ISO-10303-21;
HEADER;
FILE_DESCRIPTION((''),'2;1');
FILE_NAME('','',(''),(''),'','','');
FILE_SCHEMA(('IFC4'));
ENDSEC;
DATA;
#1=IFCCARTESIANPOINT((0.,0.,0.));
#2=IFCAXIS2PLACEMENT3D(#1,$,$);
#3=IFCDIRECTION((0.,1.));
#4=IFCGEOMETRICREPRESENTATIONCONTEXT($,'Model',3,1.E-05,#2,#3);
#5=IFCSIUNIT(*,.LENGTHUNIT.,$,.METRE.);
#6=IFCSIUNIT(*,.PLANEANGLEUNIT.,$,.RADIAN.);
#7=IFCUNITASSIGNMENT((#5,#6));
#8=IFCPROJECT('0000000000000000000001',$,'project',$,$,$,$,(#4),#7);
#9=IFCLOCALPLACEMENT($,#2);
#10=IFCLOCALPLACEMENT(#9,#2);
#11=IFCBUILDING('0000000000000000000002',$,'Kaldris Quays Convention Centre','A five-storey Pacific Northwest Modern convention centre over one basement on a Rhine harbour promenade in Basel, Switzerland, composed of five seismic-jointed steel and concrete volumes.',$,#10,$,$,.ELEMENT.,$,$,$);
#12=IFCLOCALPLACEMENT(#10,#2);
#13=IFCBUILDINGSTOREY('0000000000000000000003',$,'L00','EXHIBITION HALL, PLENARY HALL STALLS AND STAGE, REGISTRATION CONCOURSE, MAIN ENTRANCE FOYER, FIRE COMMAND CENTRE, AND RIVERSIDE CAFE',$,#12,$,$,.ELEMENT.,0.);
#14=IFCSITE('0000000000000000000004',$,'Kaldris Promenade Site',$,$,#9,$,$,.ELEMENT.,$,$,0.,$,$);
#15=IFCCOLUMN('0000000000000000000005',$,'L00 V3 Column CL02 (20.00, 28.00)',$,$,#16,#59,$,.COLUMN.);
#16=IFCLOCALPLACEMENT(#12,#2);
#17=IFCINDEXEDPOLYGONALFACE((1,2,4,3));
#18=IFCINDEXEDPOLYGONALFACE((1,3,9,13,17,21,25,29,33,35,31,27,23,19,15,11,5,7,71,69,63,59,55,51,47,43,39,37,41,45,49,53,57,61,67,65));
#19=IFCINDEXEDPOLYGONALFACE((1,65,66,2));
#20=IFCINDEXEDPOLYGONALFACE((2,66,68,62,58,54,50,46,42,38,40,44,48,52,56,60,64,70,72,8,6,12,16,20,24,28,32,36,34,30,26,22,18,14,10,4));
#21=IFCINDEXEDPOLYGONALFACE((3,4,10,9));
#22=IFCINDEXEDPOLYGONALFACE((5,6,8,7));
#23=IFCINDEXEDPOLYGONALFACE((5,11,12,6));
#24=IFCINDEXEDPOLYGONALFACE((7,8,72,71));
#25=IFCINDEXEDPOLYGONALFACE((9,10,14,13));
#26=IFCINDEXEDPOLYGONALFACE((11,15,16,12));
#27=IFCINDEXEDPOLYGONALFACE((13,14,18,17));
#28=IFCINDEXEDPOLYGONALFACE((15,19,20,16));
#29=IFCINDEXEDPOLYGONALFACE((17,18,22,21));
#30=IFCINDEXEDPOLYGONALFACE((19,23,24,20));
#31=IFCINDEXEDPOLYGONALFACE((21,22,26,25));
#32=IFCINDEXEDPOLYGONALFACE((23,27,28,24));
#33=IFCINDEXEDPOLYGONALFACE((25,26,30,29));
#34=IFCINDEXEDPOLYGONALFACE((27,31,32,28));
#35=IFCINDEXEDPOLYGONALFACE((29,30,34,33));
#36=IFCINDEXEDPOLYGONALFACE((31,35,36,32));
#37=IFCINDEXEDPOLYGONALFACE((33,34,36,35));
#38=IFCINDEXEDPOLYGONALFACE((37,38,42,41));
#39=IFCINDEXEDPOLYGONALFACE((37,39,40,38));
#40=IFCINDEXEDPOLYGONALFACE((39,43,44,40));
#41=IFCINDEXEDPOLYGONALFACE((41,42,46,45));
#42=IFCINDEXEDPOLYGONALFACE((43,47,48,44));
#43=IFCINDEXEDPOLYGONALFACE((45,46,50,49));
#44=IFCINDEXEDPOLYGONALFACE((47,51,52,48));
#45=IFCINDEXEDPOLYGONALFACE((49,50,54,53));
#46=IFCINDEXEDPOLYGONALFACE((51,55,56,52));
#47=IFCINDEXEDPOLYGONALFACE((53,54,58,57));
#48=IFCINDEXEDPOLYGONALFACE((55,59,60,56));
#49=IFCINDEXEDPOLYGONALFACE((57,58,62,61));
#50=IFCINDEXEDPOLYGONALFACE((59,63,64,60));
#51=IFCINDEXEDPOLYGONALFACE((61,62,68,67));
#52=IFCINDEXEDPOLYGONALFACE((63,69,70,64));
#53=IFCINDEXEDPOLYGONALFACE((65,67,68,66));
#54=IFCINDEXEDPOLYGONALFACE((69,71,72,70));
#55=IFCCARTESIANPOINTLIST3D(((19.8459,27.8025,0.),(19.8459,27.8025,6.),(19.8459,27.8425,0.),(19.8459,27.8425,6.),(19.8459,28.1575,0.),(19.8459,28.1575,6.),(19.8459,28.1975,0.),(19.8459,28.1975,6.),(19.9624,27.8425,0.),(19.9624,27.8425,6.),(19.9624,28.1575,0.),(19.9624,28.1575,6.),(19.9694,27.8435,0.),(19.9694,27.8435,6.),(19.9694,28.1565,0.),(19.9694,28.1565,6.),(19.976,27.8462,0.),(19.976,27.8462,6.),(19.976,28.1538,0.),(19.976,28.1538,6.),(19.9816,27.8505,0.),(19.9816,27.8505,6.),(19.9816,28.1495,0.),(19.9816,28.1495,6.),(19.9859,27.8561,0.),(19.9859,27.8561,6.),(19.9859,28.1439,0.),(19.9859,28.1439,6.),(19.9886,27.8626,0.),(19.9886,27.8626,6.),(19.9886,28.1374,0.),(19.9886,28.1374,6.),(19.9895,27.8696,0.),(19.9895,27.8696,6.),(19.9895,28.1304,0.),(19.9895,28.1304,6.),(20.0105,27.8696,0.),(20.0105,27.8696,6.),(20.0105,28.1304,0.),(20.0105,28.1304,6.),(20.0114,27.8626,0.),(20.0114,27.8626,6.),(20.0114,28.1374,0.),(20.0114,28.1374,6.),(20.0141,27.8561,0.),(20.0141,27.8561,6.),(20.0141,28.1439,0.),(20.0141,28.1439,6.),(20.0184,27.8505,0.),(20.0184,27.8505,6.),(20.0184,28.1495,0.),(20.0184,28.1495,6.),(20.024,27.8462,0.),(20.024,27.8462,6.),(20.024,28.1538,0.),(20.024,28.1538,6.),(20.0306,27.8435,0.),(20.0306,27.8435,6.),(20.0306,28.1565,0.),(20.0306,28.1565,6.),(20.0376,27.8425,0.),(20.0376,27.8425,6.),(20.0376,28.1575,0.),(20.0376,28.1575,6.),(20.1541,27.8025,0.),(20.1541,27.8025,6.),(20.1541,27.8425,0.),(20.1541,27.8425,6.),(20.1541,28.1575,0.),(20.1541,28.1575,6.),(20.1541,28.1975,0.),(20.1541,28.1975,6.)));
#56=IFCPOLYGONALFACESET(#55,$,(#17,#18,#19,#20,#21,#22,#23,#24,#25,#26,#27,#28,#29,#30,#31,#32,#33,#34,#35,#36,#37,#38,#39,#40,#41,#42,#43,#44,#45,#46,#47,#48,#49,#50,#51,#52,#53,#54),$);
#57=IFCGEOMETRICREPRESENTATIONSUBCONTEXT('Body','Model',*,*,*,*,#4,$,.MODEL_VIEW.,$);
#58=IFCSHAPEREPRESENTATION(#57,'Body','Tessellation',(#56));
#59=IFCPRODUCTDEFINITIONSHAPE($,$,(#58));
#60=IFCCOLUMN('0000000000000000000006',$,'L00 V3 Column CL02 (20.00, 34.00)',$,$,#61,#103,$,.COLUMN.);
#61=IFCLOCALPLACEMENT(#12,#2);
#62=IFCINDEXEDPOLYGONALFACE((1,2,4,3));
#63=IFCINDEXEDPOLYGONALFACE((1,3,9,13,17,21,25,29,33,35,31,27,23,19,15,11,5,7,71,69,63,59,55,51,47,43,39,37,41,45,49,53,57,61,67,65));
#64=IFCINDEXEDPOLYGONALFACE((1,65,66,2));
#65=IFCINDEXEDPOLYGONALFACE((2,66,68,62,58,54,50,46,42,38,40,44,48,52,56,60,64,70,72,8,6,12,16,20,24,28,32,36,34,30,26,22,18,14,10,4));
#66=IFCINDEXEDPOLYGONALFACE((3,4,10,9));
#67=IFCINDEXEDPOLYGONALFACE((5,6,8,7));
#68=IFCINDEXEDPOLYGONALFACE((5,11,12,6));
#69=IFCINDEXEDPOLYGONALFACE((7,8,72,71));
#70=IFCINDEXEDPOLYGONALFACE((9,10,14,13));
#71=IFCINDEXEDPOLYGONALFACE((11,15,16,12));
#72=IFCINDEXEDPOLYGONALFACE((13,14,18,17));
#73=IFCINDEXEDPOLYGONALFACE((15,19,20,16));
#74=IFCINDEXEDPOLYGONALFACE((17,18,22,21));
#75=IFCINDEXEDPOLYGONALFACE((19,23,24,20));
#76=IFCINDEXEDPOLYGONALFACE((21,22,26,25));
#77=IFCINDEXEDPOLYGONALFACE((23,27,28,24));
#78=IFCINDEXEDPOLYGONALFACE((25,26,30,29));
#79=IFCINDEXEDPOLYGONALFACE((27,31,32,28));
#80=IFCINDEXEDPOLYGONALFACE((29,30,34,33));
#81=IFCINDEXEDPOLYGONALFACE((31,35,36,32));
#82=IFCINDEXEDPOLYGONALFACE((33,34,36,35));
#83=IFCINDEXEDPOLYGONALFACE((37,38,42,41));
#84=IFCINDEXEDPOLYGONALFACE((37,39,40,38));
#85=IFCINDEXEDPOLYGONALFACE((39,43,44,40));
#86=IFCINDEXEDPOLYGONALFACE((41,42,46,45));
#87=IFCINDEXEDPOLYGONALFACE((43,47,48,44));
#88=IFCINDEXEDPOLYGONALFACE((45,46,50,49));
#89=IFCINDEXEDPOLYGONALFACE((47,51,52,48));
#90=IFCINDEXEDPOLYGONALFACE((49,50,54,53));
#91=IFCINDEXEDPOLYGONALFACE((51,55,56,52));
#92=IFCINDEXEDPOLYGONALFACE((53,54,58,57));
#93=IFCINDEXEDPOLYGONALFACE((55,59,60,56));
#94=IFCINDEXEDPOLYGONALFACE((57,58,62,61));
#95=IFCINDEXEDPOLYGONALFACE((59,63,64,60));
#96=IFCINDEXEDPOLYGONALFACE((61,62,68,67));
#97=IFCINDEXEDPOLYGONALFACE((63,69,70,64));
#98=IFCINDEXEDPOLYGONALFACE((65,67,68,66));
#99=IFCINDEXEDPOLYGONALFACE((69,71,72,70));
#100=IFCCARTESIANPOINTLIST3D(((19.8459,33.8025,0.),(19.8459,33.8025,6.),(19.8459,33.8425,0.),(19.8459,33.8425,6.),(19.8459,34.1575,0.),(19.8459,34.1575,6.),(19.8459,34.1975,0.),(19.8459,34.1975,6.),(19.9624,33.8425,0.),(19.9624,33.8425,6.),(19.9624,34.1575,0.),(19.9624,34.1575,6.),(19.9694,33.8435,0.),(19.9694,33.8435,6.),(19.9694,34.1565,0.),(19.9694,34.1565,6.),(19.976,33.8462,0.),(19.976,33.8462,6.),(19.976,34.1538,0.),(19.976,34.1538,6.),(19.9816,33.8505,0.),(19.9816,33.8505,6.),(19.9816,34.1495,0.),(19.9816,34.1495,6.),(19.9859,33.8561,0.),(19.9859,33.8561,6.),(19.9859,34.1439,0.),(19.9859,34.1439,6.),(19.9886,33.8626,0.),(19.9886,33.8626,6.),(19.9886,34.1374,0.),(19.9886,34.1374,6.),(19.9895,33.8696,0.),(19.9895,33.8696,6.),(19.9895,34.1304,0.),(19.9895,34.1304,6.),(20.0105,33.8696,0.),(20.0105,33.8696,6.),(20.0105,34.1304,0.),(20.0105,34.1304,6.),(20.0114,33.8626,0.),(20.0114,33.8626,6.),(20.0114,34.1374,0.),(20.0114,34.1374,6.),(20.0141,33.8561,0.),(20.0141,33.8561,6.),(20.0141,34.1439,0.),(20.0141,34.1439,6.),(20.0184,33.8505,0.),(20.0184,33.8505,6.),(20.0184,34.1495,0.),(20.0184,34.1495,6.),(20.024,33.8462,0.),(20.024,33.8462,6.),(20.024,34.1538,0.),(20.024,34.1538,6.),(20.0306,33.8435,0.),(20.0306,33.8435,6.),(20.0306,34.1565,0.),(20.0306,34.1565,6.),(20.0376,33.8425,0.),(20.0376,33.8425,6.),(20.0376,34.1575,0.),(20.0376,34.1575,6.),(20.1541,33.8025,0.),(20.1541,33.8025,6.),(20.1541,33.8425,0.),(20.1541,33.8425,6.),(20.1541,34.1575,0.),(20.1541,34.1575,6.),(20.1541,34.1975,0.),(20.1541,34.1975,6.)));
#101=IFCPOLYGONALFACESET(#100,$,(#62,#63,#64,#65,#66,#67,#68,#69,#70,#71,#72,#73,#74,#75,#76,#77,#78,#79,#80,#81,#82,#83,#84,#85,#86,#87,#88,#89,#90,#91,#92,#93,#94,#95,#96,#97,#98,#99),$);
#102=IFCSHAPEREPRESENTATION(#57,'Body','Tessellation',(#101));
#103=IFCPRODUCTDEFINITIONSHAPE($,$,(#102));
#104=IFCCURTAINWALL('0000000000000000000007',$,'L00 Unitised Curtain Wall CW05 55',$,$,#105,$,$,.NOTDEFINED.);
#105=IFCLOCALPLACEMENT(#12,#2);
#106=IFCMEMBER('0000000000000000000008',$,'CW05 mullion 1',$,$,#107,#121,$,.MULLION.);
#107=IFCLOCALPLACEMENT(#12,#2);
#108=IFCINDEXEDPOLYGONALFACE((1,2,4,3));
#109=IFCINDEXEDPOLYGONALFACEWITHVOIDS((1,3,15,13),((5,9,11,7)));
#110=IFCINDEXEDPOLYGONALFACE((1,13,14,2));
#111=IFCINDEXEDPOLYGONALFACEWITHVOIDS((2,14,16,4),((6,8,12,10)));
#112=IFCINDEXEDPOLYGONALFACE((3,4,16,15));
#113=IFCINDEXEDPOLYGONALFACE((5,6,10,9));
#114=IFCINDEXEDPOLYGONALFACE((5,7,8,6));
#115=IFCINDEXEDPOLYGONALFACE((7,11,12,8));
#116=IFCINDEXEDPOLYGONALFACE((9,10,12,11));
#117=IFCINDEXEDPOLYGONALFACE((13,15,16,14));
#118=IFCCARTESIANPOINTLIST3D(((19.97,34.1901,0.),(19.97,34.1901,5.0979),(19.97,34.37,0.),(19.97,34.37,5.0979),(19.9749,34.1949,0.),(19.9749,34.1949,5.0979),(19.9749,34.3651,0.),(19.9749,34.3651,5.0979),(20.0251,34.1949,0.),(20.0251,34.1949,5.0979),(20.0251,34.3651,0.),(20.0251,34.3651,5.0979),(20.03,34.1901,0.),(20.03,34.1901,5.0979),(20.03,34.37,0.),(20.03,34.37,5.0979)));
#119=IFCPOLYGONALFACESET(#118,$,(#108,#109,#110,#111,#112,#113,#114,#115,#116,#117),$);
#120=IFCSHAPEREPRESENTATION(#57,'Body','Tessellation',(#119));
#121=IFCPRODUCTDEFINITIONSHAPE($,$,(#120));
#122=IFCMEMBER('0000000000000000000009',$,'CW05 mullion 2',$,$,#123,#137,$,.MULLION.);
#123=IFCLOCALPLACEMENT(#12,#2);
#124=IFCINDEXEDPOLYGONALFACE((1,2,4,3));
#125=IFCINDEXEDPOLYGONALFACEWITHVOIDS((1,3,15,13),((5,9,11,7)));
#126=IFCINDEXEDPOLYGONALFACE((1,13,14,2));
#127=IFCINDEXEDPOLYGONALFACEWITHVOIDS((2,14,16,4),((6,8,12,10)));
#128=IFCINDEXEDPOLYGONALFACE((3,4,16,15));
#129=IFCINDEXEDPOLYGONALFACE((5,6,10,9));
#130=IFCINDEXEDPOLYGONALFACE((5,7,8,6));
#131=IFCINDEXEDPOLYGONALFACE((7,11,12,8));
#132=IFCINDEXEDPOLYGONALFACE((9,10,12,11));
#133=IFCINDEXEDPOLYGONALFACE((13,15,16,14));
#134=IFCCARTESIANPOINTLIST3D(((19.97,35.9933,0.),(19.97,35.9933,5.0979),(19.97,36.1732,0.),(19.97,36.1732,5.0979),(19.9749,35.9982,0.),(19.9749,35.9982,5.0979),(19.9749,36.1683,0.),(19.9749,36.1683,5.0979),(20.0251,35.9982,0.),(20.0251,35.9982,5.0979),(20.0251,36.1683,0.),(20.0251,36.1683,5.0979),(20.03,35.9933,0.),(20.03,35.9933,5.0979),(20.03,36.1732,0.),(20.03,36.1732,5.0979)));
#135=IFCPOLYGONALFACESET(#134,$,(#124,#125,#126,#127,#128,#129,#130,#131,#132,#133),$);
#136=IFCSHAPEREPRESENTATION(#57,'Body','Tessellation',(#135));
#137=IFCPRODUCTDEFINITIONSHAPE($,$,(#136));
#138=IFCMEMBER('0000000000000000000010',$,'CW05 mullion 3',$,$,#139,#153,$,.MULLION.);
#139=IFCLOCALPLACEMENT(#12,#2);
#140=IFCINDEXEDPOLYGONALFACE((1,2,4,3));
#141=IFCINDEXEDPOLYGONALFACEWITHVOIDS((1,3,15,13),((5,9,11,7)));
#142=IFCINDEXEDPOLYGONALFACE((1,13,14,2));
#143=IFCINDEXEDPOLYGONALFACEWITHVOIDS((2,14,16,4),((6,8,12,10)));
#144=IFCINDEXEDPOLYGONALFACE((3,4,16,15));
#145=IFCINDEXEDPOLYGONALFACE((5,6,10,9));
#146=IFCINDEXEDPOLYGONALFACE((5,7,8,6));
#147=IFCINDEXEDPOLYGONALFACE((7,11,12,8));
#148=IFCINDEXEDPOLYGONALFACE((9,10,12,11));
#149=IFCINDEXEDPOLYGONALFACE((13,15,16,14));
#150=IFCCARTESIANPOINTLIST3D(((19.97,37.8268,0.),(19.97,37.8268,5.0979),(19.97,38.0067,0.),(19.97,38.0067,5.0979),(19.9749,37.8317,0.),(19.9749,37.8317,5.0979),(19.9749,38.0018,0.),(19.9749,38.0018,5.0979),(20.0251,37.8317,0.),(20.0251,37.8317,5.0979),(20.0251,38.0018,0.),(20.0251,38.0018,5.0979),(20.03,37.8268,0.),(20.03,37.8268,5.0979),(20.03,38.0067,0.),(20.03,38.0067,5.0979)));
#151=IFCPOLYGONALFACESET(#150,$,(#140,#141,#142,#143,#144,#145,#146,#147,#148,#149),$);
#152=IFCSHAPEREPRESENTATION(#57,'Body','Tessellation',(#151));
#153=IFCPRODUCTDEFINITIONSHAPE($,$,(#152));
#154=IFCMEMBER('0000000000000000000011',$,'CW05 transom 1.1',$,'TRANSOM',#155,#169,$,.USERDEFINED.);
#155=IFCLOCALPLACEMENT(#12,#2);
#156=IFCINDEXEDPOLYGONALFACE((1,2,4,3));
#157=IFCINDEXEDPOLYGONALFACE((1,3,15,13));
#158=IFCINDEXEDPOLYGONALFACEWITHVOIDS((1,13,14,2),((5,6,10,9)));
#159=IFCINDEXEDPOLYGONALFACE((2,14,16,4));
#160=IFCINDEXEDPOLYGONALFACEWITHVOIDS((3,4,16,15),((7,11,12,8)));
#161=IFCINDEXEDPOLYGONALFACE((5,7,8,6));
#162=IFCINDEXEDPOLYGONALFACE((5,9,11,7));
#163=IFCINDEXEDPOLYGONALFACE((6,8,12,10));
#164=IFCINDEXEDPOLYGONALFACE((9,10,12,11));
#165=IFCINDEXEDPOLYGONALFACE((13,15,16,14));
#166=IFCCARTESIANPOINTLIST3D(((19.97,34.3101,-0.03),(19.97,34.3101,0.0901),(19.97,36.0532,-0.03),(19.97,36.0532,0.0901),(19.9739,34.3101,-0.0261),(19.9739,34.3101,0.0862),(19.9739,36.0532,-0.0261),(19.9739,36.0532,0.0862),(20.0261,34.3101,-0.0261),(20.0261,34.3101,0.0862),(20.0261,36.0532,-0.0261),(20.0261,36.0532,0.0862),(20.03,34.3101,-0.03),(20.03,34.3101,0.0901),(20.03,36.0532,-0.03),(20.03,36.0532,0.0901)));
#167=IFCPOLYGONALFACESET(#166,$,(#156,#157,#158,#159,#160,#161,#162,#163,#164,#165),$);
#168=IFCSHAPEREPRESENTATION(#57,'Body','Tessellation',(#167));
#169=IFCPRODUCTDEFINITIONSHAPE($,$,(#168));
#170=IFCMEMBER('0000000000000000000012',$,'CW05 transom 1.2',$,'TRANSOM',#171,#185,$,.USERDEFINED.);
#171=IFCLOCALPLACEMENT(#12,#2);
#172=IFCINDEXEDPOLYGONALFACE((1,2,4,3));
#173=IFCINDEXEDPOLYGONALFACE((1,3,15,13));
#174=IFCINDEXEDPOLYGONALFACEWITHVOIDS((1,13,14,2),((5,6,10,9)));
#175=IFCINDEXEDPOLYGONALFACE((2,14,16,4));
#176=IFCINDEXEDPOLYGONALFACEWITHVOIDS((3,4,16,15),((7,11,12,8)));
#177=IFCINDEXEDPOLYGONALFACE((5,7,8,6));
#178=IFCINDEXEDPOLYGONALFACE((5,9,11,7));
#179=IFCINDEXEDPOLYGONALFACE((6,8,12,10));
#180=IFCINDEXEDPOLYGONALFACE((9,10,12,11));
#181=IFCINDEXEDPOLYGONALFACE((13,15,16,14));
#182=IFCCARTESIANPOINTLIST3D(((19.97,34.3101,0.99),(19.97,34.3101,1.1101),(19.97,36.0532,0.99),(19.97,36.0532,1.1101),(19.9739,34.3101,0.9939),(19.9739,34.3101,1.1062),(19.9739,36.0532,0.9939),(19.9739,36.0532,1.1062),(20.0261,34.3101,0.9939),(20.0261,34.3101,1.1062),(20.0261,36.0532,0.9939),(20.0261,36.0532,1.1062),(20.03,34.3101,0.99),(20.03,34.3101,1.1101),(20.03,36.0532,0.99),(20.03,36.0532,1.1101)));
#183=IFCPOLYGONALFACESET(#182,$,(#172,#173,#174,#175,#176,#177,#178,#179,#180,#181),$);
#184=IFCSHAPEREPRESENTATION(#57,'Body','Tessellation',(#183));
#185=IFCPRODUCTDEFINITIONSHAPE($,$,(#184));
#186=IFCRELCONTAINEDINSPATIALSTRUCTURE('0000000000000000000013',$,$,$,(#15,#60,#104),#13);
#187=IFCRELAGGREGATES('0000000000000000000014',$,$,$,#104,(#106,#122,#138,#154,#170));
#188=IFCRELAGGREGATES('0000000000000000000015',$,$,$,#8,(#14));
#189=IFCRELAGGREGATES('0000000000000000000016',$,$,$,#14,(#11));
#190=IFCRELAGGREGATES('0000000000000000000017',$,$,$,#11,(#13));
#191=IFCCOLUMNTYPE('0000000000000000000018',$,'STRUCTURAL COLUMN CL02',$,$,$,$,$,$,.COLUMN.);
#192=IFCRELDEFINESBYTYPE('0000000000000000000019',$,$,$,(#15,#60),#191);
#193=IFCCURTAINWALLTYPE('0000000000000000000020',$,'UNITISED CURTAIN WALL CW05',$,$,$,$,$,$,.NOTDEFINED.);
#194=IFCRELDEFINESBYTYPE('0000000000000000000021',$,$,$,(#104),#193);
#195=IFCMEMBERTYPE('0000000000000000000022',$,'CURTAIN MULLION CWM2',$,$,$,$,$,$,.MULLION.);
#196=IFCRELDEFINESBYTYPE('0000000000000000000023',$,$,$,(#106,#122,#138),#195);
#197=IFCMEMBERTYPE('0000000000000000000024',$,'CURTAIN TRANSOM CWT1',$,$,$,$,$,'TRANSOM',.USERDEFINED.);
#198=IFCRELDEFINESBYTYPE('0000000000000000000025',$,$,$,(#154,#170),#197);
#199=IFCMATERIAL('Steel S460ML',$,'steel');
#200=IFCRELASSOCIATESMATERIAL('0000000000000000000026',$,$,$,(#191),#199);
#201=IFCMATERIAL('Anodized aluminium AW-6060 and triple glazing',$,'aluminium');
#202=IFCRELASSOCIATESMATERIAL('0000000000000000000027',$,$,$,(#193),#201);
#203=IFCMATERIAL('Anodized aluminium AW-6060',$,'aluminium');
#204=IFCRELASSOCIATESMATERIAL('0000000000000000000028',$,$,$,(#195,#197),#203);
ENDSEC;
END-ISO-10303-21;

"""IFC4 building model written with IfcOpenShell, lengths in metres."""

from ifc_helpers import new_model, si_unit, direction, frame, origin, origin_2d, place, context, subcontext, project, spatial, hollow_rectangle, i_section, extrude, material, material_profile, profile_set, type_object, element, aggregate, save


model = new_model("IFC4")

# Units and contexts
model_context = context("Model", 3, precision=1e-05, world=origin(), true_north=direction((0.0, 1.0)))
body_context = subcontext(model_context, "Body", "Model", "MODEL_VIEW")
ifc_project = project(units=[si_unit("LENGTHUNIT", "METRE"), si_unit("PLANEANGLEUNIT", "RADIAN")], contexts=[model_context])

# Site, building, storey
site_placement = place(None, origin())
site = spatial("IfcSite", under=ifc_project, at=site_placement, Name="Kaldris Promenade Site", CompositionType="ELEMENT", RefElevation=0.0)
building_placement = place(site_placement, origin())
building = spatial("IfcBuilding", under=site, at=building_placement, Name="Kaldris Quays Convention Centre", Description="A five-storey Pacific Northwest Modern convention centre over one basement on a Rhine harbour promenade in Basel, Switzerland, composed of five seismic-jointed steel and concrete volumes.", CompositionType="ELEMENT")
storey_placement = place(building_placement, origin())
storey = spatial("IfcBuildingStorey", under=building, at=storey_placement, Name="L00", Description="EXHIBITION HALL, PLENARY HALL STALLS AND STAGE, REGISTRATION CONCOURSE, MAIN ENTRANCE FOYER, FIRE COMMAND CENTRE, AND RIVERSIDE CAFE", CompositionType="ELEMENT", Elevation=0.0)

# Columns
ifc_material_1 = material(Name="Steel S460ML", Category="steel")
ifc_material_profile_1 = material_profile(ifc_material_1, i_section(OverallWidth=0.3081, OverallDepth=0.395, WebThickness=0.021, FlangeThickness=0.04, FilletRadius=0.0271, at=origin_2d()), Name="HEM 360")
ifc_profile_set_1 = profile_set([ifc_material_profile_1], Name="Steel S460ML")
column_type = type_object("IfcColumnType", Name="STRUCTURAL COLUMN CL02", PredefinedType="COLUMN", material=ifc_profile_set_1)
for number, where, z_axis, x_axis, name in (
    (1, (20.0, 28.0, 0.0), (0.0, 0.0, 1.0), (1.0, 0.0, 0.0), "L00 V3 Column CL02 (20.00, 28.00)"),
    (2, (20.0, 34.0, 0.0), (0.0, 0.0, 1.0), (1.0, 0.0, 0.0), "L00 V3 Column CL02 (20.00, 34.00)"),
):
    element("IfcColumn", number, at=place(storey_placement, frame(where, z_axis=z_axis, x_axis=x_axis)), inside=storey, type_object=column_type, Name=name, PredefinedType="COLUMN", context=body_context, shape_type="SweptSolid", body=[
        extrude(i_section(OverallWidth=0.3081, OverallDepth=0.395, WebThickness=0.021, FlangeThickness=0.04, FilletRadius=0.0271, at=origin_2d()), origin(), (0.0, 0.0, 1.0), 6.0),
    ])

# Curtain wall, members
ifc_material_2 = material(Name="Anodized aluminium AW-6060 and triple glazing", Category="aluminium")
curtain_wall_type = type_object("IfcCurtainWallType", Name="UNITISED CURTAIN WALL CW05", PredefinedType="NOTDEFINED", material=ifc_material_2)
curtain_wall_placement = place(storey_placement, origin())
curtain_wall = element("IfcCurtainWall", 3, at=curtain_wall_placement, inside=storey, type_object=curtain_wall_type, Name="L00 Unitised Curtain Wall CW05 55", PredefinedType="NOTDEFINED")
ifc_material_3 = material(Name="Anodized aluminium AW-6060", Category="aluminium")
ifc_material_profile_2 = material_profile(ifc_material_3, hollow_rectangle(XDim=0.0601, YDim=0.1799, WallThickness=0.0049, at=origin_2d()), Name="RHS 180x60x5")
ifc_profile_set_2 = profile_set([ifc_material_profile_2], Name="Anodized aluminium AW-6060")
member_type_1 = type_object("IfcMemberType", Name="CURTAIN MULLION CWM2", PredefinedType="MULLION", material=ifc_profile_set_2)
member_1_placement = place(storey_placement, frame((20.0, 34.28, 0.0), z_axis=(0.0, 0.0, 1.0), x_axis=(-1.0, 0.0, 0.0)))
member_1 = element("IfcMember", 4, at=member_1_placement, type_object=member_type_1, Name="CW05 mullion 1", PredefinedType="MULLION", context=body_context, shape_type="SweptSolid", body=[
    extrude(hollow_rectangle(XDim=0.0601, YDim=0.1799, WallThickness=0.0049, at=origin_2d()), origin(), (0.0, 0.0, 1.0), 5.0979),
])
member_2_placement = place(storey_placement, frame((20.0, 36.0833, 0.0), z_axis=(0.0, 0.0, 1.0), x_axis=(-1.0, 0.0, 0.0)))
member_2 = element("IfcMember", 5, at=member_2_placement, type_object=member_type_1, Name="CW05 mullion 2", PredefinedType="MULLION", context=body_context, shape_type="SweptSolid", body=[
    extrude(hollow_rectangle(XDim=0.0601, YDim=0.1799, WallThickness=0.0049, at=origin_2d()), origin(), (0.0, 0.0, 1.0), 5.0979),
])
member_3_placement = place(storey_placement, frame((20.0, 37.9167, 0.0), z_axis=(0.0, 0.0, 1.0), x_axis=(-1.0, 0.0, 0.0)))
member_3 = element("IfcMember", 6, at=member_3_placement, type_object=member_type_1, Name="CW05 mullion 3", PredefinedType="MULLION", context=body_context, shape_type="SweptSolid", body=[
    extrude(hollow_rectangle(XDim=0.0601, YDim=0.1799, WallThickness=0.0049, at=origin_2d()), origin(), (0.0, 0.0, 1.0), 5.0979),
])
ifc_material_profile_3 = material_profile(ifc_material_3, hollow_rectangle(XDim=0.0601, YDim=0.1201, WallThickness=0.0039, at=origin_2d()), Name="RHS 120x60x4")
ifc_profile_set_3 = profile_set([ifc_material_profile_3], Name="Anodized aluminium AW-6060")
member_type_2 = type_object("IfcMemberType", Name="CURTAIN TRANSOM CWT1", ElementType="TRANSOM", PredefinedType="USERDEFINED", material=ifc_profile_set_3)
member_4_placement = place(storey_placement, frame((20.0, 34.3101, 0.03), z_axis=(0.0, 1.0, 0.0), x_axis=(-1.0, 0.0, 0.0)))
member_4 = element("IfcMember", 7, at=member_4_placement, type_object=member_type_2, Name="CW05 transom 1.1", ObjectType="TRANSOM", PredefinedType="USERDEFINED", context=body_context, shape_type="SweptSolid", body=[
    extrude(hollow_rectangle(XDim=0.0601, YDim=0.1201, WallThickness=0.0039, at=origin_2d()), origin(), (0.0, 0.0, 1.0), 1.7432),
])
member_5_placement = place(storey_placement, frame((20.0, 34.3101, 1.05), z_axis=(0.0, 1.0, 0.0), x_axis=(-1.0, 0.0, 0.0)))
member_5 = element("IfcMember", 8, at=member_5_placement, type_object=member_type_2, Name="CW05 transom 1.2", ObjectType="TRANSOM", PredefinedType="USERDEFINED", context=body_context, shape_type="SweptSolid", body=[
    extrude(hollow_rectangle(XDim=0.0601, YDim=0.1201, WallThickness=0.0039, at=origin_2d()), origin(), (0.0, 0.0, 1.0), 1.7432),
])

aggregate(curtain_wall, [member_1, member_2, member_3, member_4, member_5])

save(model, "model.ifc")
